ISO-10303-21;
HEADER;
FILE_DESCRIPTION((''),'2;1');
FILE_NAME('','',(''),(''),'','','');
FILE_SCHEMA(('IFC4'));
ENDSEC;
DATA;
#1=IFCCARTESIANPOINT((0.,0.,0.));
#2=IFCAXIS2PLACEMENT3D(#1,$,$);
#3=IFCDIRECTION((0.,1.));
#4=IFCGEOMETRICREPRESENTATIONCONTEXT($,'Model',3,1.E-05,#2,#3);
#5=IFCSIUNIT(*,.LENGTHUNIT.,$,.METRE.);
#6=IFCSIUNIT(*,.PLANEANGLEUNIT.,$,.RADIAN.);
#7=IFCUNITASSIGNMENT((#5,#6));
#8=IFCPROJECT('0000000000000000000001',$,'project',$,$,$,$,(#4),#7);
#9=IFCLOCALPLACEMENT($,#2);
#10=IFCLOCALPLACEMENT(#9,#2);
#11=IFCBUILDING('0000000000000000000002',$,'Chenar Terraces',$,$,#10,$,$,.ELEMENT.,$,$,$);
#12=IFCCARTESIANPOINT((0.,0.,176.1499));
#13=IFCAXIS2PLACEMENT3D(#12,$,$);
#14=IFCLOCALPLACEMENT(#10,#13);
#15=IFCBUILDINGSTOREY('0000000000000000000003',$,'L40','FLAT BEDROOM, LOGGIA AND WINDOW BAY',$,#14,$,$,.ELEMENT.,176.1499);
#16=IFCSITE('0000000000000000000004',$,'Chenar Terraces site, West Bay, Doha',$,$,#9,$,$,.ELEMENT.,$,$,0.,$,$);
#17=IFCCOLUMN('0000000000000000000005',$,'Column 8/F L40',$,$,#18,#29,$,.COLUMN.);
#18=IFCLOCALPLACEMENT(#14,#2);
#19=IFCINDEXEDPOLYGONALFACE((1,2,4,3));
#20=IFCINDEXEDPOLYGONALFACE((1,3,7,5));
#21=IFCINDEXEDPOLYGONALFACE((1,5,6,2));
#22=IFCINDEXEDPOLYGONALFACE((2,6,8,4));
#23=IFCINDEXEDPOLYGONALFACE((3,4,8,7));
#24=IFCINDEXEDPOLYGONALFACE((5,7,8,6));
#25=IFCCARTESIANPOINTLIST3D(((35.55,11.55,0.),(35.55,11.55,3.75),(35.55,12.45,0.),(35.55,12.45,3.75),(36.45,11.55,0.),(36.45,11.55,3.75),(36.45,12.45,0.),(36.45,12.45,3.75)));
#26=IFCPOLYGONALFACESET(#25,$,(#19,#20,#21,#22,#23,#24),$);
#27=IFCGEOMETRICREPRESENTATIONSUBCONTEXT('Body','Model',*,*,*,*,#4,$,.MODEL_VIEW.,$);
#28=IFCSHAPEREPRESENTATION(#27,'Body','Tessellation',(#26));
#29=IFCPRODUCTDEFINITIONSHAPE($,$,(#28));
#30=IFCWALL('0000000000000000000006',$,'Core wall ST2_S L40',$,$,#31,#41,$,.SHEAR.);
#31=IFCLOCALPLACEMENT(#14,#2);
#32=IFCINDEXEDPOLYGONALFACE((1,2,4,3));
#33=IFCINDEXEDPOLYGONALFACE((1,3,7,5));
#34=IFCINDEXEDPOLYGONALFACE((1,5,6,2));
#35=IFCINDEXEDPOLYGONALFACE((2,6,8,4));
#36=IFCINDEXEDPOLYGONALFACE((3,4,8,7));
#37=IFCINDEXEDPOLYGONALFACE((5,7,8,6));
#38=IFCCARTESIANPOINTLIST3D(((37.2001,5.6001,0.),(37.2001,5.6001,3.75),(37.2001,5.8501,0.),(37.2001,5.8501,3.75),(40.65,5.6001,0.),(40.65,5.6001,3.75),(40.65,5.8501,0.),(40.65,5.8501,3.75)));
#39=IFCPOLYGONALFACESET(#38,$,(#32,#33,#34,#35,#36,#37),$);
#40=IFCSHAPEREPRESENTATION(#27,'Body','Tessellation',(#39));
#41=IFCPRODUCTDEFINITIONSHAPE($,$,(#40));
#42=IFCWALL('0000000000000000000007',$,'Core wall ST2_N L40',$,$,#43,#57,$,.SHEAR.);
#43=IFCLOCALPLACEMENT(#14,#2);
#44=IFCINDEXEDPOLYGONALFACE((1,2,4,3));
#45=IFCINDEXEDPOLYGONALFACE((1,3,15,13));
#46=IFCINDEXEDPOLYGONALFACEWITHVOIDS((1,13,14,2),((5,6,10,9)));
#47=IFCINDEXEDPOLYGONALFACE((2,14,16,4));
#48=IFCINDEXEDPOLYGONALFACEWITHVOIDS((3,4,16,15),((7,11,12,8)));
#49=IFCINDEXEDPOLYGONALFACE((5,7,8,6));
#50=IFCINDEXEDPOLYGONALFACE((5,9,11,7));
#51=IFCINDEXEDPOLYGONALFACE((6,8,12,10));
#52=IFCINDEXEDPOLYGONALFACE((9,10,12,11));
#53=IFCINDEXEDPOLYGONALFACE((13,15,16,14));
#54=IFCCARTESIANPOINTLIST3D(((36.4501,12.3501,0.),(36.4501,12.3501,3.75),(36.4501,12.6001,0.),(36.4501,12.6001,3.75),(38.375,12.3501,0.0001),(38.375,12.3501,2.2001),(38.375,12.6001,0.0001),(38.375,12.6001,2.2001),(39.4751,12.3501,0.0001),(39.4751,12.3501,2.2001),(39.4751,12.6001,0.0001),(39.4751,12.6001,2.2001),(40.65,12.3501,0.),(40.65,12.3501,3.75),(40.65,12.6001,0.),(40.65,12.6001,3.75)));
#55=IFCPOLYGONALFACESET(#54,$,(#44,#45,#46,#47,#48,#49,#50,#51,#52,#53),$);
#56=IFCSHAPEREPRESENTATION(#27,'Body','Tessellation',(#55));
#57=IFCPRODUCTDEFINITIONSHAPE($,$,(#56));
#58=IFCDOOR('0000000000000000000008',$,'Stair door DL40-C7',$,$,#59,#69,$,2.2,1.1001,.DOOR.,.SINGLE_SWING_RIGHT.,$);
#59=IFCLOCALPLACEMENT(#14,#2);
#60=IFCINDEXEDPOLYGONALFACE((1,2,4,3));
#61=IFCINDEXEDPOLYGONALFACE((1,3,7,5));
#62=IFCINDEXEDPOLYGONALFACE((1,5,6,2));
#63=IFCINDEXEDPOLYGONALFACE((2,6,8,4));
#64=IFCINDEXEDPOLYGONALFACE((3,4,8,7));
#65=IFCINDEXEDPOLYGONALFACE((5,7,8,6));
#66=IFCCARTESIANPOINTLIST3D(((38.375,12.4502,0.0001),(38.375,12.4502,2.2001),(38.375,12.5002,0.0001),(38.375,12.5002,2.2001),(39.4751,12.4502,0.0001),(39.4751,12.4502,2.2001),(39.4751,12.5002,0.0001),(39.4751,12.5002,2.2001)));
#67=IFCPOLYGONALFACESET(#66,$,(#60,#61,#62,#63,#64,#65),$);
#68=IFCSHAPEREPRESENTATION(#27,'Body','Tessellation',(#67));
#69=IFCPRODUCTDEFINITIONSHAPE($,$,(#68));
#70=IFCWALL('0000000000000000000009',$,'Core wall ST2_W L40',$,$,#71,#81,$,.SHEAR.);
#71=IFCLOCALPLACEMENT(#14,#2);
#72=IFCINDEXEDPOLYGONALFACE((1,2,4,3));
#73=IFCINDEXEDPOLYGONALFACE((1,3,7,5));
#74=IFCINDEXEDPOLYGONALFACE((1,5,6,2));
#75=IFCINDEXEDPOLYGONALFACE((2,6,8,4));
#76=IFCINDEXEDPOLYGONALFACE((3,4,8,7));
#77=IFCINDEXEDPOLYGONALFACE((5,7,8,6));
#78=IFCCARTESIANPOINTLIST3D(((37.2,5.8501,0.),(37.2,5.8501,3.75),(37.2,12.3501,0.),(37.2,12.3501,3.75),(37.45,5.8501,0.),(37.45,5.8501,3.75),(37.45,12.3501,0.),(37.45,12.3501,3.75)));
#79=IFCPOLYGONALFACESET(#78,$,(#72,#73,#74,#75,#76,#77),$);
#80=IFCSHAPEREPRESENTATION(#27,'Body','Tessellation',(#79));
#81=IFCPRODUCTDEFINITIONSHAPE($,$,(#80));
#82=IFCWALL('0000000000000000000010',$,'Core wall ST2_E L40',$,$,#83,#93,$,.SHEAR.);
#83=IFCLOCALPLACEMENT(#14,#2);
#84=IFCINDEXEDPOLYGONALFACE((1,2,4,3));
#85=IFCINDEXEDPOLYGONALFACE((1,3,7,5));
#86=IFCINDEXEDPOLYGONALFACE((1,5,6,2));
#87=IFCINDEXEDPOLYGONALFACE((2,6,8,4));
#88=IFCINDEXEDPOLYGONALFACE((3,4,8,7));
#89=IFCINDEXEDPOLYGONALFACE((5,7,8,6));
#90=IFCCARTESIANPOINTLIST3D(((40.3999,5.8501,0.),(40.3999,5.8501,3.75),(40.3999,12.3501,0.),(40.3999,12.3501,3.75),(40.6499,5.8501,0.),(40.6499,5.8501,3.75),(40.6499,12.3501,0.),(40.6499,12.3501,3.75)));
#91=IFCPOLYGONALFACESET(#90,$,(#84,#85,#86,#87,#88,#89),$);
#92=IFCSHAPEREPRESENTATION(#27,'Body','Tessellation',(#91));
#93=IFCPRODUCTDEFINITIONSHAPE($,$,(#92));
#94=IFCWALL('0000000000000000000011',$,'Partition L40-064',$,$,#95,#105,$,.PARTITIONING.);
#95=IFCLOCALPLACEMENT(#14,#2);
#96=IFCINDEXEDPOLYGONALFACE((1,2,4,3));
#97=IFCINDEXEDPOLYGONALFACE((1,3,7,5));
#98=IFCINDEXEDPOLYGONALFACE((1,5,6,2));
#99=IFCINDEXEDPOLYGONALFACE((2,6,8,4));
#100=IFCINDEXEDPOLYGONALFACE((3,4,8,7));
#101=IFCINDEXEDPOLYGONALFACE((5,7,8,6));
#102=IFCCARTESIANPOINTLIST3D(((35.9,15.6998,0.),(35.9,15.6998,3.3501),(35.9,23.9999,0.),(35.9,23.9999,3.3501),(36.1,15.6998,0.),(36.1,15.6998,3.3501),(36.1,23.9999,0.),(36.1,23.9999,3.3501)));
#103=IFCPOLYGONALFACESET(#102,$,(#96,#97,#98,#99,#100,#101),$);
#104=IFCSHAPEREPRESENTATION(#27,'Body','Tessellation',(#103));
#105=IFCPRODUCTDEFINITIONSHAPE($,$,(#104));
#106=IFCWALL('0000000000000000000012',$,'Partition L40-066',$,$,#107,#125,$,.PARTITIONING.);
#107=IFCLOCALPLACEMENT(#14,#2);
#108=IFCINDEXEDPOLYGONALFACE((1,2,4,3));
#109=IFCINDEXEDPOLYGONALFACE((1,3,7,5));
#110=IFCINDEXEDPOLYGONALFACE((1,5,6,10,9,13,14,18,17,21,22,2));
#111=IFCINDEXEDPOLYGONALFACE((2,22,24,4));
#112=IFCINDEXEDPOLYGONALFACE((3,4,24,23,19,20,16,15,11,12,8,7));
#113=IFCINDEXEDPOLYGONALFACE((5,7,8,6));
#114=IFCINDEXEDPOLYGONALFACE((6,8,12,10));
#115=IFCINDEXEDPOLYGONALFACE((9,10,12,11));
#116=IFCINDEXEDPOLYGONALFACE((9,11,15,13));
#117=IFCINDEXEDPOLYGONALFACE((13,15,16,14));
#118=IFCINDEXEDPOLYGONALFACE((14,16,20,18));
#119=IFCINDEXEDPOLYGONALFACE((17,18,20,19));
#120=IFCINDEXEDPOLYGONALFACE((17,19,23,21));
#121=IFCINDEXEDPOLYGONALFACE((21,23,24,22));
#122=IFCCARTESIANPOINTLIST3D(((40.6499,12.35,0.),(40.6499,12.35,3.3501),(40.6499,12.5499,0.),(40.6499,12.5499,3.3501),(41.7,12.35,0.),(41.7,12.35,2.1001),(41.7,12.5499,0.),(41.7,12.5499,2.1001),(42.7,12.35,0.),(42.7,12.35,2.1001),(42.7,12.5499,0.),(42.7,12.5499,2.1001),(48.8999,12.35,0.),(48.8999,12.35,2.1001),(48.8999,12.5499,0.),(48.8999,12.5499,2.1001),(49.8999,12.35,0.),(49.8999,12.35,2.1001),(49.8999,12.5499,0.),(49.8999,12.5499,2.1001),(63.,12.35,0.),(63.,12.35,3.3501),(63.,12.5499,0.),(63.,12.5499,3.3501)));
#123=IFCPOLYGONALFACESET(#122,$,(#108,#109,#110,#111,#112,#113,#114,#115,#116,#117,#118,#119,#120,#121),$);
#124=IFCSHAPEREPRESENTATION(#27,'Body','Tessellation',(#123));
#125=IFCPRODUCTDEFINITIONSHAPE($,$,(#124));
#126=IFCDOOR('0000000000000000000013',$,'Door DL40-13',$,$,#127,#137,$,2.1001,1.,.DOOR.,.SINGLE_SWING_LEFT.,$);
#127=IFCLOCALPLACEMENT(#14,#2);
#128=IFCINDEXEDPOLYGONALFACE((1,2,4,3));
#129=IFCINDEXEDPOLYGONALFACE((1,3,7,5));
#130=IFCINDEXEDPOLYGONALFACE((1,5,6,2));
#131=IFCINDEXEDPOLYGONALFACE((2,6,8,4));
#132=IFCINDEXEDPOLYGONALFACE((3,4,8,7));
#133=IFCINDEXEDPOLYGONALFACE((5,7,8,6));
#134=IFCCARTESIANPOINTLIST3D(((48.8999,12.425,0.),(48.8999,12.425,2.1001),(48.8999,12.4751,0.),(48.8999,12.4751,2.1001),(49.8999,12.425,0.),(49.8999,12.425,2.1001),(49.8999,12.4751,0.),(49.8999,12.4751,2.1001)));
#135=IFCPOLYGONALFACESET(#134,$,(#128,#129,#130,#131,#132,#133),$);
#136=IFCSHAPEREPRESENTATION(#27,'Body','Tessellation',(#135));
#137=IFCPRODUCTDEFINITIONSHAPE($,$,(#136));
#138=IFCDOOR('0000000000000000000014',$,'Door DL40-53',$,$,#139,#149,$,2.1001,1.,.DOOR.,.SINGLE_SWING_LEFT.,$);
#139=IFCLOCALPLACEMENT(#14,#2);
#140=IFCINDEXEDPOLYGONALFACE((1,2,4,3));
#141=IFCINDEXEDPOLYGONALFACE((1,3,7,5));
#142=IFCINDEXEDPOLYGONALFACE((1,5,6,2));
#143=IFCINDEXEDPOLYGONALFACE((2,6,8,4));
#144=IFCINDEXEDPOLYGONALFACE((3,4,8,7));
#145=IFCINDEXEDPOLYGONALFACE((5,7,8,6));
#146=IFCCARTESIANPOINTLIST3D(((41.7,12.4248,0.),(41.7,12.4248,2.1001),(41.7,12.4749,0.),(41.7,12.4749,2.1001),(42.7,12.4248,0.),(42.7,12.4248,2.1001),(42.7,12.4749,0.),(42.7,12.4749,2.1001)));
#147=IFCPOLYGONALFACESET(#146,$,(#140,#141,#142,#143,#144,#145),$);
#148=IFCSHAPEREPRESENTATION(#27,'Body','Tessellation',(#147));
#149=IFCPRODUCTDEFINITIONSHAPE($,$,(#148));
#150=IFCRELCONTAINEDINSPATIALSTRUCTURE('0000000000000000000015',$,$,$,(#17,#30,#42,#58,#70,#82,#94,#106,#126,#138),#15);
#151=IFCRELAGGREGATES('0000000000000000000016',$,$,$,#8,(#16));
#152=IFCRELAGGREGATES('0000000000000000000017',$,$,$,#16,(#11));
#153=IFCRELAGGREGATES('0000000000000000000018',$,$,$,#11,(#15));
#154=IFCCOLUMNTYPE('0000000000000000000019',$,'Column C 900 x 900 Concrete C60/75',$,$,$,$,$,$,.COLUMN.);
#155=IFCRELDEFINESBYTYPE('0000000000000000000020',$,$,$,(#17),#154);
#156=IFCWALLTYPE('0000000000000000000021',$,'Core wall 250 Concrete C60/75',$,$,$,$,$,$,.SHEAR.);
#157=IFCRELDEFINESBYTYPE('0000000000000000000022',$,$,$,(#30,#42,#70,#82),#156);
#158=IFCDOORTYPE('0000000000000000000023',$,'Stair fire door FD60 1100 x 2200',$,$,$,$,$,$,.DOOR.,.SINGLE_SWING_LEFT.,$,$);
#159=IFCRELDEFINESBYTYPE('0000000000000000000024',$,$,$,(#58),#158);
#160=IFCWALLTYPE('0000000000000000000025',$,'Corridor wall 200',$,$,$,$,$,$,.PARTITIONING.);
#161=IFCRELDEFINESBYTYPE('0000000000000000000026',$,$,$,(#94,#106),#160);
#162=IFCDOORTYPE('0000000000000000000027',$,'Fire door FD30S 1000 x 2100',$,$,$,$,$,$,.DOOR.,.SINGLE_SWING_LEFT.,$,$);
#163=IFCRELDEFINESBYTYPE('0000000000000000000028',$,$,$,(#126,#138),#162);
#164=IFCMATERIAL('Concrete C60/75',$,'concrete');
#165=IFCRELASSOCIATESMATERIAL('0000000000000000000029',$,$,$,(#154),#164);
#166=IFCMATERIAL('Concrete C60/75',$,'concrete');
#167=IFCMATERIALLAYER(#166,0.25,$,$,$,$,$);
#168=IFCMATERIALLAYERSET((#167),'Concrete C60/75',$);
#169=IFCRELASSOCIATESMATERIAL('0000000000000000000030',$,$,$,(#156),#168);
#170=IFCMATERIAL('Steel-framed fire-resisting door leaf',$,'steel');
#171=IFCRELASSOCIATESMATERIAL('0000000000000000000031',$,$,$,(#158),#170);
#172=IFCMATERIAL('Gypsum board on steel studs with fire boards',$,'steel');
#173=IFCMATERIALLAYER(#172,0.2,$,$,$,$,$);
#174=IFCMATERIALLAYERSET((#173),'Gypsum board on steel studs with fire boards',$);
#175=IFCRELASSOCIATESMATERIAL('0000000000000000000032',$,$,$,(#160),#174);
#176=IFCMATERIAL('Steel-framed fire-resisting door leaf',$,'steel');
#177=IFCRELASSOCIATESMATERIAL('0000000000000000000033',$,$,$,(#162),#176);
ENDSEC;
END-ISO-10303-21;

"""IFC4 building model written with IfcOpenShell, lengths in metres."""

from ifc_helpers import new_model, si_unit, direction, frame, frame_2d, origin, origin_2d, place, context, subcontext, project, spatial, rectangle, extrude, material, layer, layer_set, material_profile, profile_set, type_object, element, fill, save


model = new_model("IFC4")

# Units and contexts
model_context = context("Model", 3, precision=1e-05, world=origin(), true_north=direction((0.0, 1.0)))
body_context = subcontext(model_context, "Body", "Model", "MODEL_VIEW")
ifc_project = project(units=[si_unit("LENGTHUNIT", "METRE"), si_unit("PLANEANGLEUNIT", "RADIAN")], contexts=[model_context])

# Site, building, storey
site_placement = place(None, origin())
site = spatial("IfcSite", under=ifc_project, at=site_placement, Name="Chenar Terraces site, West Bay, Doha", CompositionType="ELEMENT", RefElevation=0.0)
building_placement = place(site_placement, origin())
building = spatial("IfcBuilding", under=site, at=building_placement, Name="Chenar Terraces", CompositionType="ELEMENT")
storey_placement = place(building_placement, frame((0.0, 0.0, 176.1499)))
storey = spatial("IfcBuildingStorey", under=building, at=storey_placement, Name="L40", Description="FLAT BEDROOM, LOGGIA AND WINDOW BAY", CompositionType="ELEMENT", Elevation=176.1499)

# Column
ifc_material_1 = material(Name="Concrete C60/75", Category="concrete")
ifc_material_profile = material_profile(ifc_material_1, rectangle(XDim=0.8999, YDim=0.8999, at=origin_2d()), Name="C 900 x 900")
ifc_profile_set = profile_set([ifc_material_profile], Name="Concrete C60/75")
column_type = type_object("IfcColumnType", Name="Column C 900 x 900 Concrete C60/75", PredefinedType="COLUMN", material=ifc_profile_set)
column_placement = place(storey_placement, frame((36.0, 12.0, 0.0), z_axis=(0.0, 0.0, 1.0), x_axis=(1.0, 0.0, 0.0)))
element("IfcColumn", 1, at=column_placement, inside=storey, type_object=column_type, Name="Column 8/F L40", PredefinedType="COLUMN", context=body_context, shape_type="SweptSolid", body=[
    extrude(rectangle(XDim=0.8999, YDim=0.8999, at=origin_2d()), origin(), (0.0, 0.0, 1.0), 3.75),
])

# Wall
ifc_material_2 = material(Name="Concrete C60/75", Category="concrete")
ifc_layer_1 = layer(ifc_material_2, 0.25)
ifc_layer_set_1 = layer_set([ifc_layer_1], Name="Concrete C60/75")
wall_type_1 = type_object("IfcWallType", Name="Core wall 250 Concrete C60/75", PredefinedType="SHEAR", material=ifc_layer_set_1)
wall_1_placement = place(storey_placement, frame((37.2, 5.7251, 0.0), z_axis=(0.0, 0.0, 1.0), x_axis=(1.0, 0.0, 0.0)))
element("IfcWall", 2, at=wall_1_placement, inside=storey, type_object=wall_type_1, Name="Core wall ST2_S L40", PredefinedType="SHEAR", context=body_context, shape_type="SweptSolid", body=[
    extrude(rectangle(XDim=3.45, YDim=0.25, at=frame_2d((1.7251, 0.0))), origin(), (0.0, 0.0, 1.0), 3.75),
])

# Wall, opening, door
wall_2_placement = place(storey_placement, frame((36.45, 12.4751, 0.0), z_axis=(0.0, 0.0, 1.0), x_axis=(1.0, 0.0, 0.0)))
wall_2 = element("IfcWall", 3, at=wall_2_placement, inside=storey, type_object=wall_type_1, Name="Core wall ST2_N L40", PredefinedType="SHEAR", context=body_context, shape_type="SweptSolid", body=[
    extrude(rectangle(XDim=4.2, YDim=0.25, at=frame_2d((2.1001, 0.0))), origin(), (0.0, 0.0, 1.0), 3.75),
])
opening_1_placement = place(wall_2_placement, frame((1.925, 0.0, 0.0)))
opening_1 = element("IfcOpeningElement", 4, at=opening_1_placement, cuts=wall_2, PredefinedType="OPENING", context=body_context, shape_type="SweptSolid", body=[
    extrude(rectangle(XDim=1.1001, YDim=2.2, at=frame_2d((0.55, 1.1001))), frame((0.0, 0.135, 0.0), z_axis=(0.0, -1.0, 0.0), x_axis=(1.0, 0.0, 0.0)), (0.0, 0.0, 1.0), 0.27),
])
ifc_material_3 = material(Name="Steel-framed fire-resisting door leaf", Category="steel")
door_type_1 = type_object("IfcDoorType", Name="Stair fire door FD60 1100 x 2200", OperationType="SINGLE_SWING_LEFT", PredefinedType="DOOR", material=ifc_material_3)
door_1_placement = place(opening_1_placement, frame((1.1001, 0.0, 0.0), z_axis=(0.0, 0.0, 1.0), x_axis=(-1.0, 0.0, 0.0)))
door_1 = element("IfcDoor", 5, at=door_1_placement, inside=storey, type_object=door_type_1, Name="Stair door DL40-C7", OperationType="SINGLE_SWING_RIGHT", OverallHeight=2.2, OverallWidth=1.1001, PredefinedType="DOOR", context=body_context, shape_type="SweptSolid", body=[
    extrude(rectangle(XDim=1.1001, YDim=2.2, at=frame_2d((0.55, 1.1001))), frame((0.0, 0.0249, 0.0), z_axis=(0.0, -1.0, 0.0), x_axis=(1.0, 0.0, 0.0)), (0.0, 0.0, 1.0), 0.05),
])
fill(opening_1, door_1)

# Walls
for number, where, z_axis, x_axis, name in (
    (6, (37.325, 5.8501, 0.0), (0.0, 0.0, 1.0), (0.0, 1.0, 0.0), "Core wall ST2_W L40"),
    (7, (40.5249, 5.8501, 0.0), (0.0, 0.0, 1.0), (0.0, 1.0, 0.0), "Core wall ST2_E L40"),
):
    element("IfcWall", number, at=place(storey_placement, frame(where, z_axis=z_axis, x_axis=x_axis)), inside=storey, type_object=wall_type_1, Name=name, PredefinedType="SHEAR", context=body_context, shape_type="SweptSolid", body=[
        extrude(rectangle(XDim=6.5, YDim=0.25, at=frame_2d((3.25, 0.0))), origin(), (0.0, 0.0, 1.0), 3.75),
    ])
ifc_material_4 = material(Name="Gypsum board on steel studs with fire boards", Category="steel")
ifc_layer_2 = layer(ifc_material_4, 0.2)
ifc_layer_set_2 = layer_set([ifc_layer_2], Name="Gypsum board on steel studs with fire boards")
wall_type_2 = type_object("IfcWallType", Name="Corridor wall 200", PredefinedType="PARTITIONING", material=ifc_layer_set_2)
wall_3_placement = place(storey_placement, frame((36.0, 15.7, 0.0), z_axis=(0.0, 0.0, 1.0), x_axis=(0.0, 1.0, 0.0)))
element("IfcWall", 8, at=wall_3_placement, inside=storey, type_object=wall_type_2, Name="Partition L40-064", PredefinedType="PARTITIONING", context=body_context, shape_type="SweptSolid", body=[
    extrude(rectangle(XDim=8.3, YDim=0.2, at=frame_2d((4.1499, 0.0))), origin(), (0.0, 0.0, 1.0), 3.3501),
])

# Wall, openings, doors
wall_4_placement = place(storey_placement, frame((40.6499, 12.45, 0.0), z_axis=(0.0, 0.0, 1.0), x_axis=(1.0, 0.0, 0.0)))
wall_4 = element("IfcWall", 9, at=wall_4_placement, inside=storey, type_object=wall_type_2, Name="Partition L40-066", PredefinedType="PARTITIONING", context=body_context, shape_type="SweptSolid", body=[
    extrude(rectangle(XDim=22.3501, YDim=0.2, at=frame_2d((11.175, 0.0))), origin(), (0.0, 0.0, 1.0), 3.3501),
])
opening_2_placement = place(wall_4_placement, frame((8.25, 0.0, 0.0)))
opening_2 = element("IfcOpeningElement", 10, at=opening_2_placement, cuts=wall_4, PredefinedType="OPENING", context=body_context, shape_type="SweptSolid", body=[
    extrude(rectangle(XDim=1.0, YDim=2.1001, at=frame_2d((0.5, 1.05))), frame((0.0, 0.1099, 0.0), z_axis=(0.0, -1.0, 0.0), x_axis=(1.0, 0.0, 0.0)), (0.0, 0.0, 1.0), 0.22),
])
opening_3_placement = place(wall_4_placement, frame((1.05, 0.0, 0.0)))
opening_3 = element("IfcOpeningElement", 11, at=opening_3_placement, cuts=wall_4, PredefinedType="OPENING", context=body_context, shape_type="SweptSolid", body=[
    extrude(rectangle(XDim=1.0, YDim=2.1001, at=frame_2d((0.5, 1.05))), frame((0.0, 0.1099, 0.0), z_axis=(0.0, -1.0, 0.0), x_axis=(1.0, 0.0, 0.0)), (0.0, 0.0, 1.0), 0.22),
])
ifc_material_5 = material(Name="Steel-framed fire-resisting door leaf", Category="steel")
door_type_2 = type_object("IfcDoorType", Name="Fire door FD30S 1000 x 2100", OperationType="SINGLE_SWING_LEFT", PredefinedType="DOOR", material=ifc_material_5)
door_2_placement = place(opening_2_placement, frame((1.0, 0.0, 0.0), z_axis=(0.0, 0.0, 1.0), x_axis=(-1.0, 0.0, 0.0)))
door_2 = element("IfcDoor", 12, at=door_2_placement, inside=storey, type_object=door_type_2, Name="Door DL40-13", OperationType="SINGLE_SWING_LEFT", OverallHeight=2.1001, OverallWidth=1.0, PredefinedType="DOOR", context=body_context, shape_type="SweptSolid", body=[
    extrude(rectangle(XDim=1.0, YDim=2.1001, at=frame_2d((0.5, 1.05))), frame((0.0, 0.0249, 0.0), z_axis=(0.0, -1.0, 0.0), x_axis=(1.0, 0.0, 0.0)), (0.0, 0.0, 1.0), 0.05),
])
fill(opening_2, door_2)
door_3_placement = place(opening_3_placement, origin())
door_3 = element("IfcDoor", 13, at=door_3_placement, inside=storey, type_object=door_type_2, Name="Door DL40-53", OperationType="SINGLE_SWING_LEFT", OverallHeight=2.1001, OverallWidth=1.0, PredefinedType="DOOR", context=body_context, shape_type="SweptSolid", body=[
    extrude(rectangle(XDim=1.0, YDim=2.1001, at=frame_2d((0.5, 1.05))), frame((0.0, 0.0249, 0.0), z_axis=(0.0, -1.0, 0.0), x_axis=(1.0, 0.0, 0.0)), (0.0, 0.0, 1.0), 0.05),
])
fill(opening_3, door_3)

save(model, "model.ifc")
